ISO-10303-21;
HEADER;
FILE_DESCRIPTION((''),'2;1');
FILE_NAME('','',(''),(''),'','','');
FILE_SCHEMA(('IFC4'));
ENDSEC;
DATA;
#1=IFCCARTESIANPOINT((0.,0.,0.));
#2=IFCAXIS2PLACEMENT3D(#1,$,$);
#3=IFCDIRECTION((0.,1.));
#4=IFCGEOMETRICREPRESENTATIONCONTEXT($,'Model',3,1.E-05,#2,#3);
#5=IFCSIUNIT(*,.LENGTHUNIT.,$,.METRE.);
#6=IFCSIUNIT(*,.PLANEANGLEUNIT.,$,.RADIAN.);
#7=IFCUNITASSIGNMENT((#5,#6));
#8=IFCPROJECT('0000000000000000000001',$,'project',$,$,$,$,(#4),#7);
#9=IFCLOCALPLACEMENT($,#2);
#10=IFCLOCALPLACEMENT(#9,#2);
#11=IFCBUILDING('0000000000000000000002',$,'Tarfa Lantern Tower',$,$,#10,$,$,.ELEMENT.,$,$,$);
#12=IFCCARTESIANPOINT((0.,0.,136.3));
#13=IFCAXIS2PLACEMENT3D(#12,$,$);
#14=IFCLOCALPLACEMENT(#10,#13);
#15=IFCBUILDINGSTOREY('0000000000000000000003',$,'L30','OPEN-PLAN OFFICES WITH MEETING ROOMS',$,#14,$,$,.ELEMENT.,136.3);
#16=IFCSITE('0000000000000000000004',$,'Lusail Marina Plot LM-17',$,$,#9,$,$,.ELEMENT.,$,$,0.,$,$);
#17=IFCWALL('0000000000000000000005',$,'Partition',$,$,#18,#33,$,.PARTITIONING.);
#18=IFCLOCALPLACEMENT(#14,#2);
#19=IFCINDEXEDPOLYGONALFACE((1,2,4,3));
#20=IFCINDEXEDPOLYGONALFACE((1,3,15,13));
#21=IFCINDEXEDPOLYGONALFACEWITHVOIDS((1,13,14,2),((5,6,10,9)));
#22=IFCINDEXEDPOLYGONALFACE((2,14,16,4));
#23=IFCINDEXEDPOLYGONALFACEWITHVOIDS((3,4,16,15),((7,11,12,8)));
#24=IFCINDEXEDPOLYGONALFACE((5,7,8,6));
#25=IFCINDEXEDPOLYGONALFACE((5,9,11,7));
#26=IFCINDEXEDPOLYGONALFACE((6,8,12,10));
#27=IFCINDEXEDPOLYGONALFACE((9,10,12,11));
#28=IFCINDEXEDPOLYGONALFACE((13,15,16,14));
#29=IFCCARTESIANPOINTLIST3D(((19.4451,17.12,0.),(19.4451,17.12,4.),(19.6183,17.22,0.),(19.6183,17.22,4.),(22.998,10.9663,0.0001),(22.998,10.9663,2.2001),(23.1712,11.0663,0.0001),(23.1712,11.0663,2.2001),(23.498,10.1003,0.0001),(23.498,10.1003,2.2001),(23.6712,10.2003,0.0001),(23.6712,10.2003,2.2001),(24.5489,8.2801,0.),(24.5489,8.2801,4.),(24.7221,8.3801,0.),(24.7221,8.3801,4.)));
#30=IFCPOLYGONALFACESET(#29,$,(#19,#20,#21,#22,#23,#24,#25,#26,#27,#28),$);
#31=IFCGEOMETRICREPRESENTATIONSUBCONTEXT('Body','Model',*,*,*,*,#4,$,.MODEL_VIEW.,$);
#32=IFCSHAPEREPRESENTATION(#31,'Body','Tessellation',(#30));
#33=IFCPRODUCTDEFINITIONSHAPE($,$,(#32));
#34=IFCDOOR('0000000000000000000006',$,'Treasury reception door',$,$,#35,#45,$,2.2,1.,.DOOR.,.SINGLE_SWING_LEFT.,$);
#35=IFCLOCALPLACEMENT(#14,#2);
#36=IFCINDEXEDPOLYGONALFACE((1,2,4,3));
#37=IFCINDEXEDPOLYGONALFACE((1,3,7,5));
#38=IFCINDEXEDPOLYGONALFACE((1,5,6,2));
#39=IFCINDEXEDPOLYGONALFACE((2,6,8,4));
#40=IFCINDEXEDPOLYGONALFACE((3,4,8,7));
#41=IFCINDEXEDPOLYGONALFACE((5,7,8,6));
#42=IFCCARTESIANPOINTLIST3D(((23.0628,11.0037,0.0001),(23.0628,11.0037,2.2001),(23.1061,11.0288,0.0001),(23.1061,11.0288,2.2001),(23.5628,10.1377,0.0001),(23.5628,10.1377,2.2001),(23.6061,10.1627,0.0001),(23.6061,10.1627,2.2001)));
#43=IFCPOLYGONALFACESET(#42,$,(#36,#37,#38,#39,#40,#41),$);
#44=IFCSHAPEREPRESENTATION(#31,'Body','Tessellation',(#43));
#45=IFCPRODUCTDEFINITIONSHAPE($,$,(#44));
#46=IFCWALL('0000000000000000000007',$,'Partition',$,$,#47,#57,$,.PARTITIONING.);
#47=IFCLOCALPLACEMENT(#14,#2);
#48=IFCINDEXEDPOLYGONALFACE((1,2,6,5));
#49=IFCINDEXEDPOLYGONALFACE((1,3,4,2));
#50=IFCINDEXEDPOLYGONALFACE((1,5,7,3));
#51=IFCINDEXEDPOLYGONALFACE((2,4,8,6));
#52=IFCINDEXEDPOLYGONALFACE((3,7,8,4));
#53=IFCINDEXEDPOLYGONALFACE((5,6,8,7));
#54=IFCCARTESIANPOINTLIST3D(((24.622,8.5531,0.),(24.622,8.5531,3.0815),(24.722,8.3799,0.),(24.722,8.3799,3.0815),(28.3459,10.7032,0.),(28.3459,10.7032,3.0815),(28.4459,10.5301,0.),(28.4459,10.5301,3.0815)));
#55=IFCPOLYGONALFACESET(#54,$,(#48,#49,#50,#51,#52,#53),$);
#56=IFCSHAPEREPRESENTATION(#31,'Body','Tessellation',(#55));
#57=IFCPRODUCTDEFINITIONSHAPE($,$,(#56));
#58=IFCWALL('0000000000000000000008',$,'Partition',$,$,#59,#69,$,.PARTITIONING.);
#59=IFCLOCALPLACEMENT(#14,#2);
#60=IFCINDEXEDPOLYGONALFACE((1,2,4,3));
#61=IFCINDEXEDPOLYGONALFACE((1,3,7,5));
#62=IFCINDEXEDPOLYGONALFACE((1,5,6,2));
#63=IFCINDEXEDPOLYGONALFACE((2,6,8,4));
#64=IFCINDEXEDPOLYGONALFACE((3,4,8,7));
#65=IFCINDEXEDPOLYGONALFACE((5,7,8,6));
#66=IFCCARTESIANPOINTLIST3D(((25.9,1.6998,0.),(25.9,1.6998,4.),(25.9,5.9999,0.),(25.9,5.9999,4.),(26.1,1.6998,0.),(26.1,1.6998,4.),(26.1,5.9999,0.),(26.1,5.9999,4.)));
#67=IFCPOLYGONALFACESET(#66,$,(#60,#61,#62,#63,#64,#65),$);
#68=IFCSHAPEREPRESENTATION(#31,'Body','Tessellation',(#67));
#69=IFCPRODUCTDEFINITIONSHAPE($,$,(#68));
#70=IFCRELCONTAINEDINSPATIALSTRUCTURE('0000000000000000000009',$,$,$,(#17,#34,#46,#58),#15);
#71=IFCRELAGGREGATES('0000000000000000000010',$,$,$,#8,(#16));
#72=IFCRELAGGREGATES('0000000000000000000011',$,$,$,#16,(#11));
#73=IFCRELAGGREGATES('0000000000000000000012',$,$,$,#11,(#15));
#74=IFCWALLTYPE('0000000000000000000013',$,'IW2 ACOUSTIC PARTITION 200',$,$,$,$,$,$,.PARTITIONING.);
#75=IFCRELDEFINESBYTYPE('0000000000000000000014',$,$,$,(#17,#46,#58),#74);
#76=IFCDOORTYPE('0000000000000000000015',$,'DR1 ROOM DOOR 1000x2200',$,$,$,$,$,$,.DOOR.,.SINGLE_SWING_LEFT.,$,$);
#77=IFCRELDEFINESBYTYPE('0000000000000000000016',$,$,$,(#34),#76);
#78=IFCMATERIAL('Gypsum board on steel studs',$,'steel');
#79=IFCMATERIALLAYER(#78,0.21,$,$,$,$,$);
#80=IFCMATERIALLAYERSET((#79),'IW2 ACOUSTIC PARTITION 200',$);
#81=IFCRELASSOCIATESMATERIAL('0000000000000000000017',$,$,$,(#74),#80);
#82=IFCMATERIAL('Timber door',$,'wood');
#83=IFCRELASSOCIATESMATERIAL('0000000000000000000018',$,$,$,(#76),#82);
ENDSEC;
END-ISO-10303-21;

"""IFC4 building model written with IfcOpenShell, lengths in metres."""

from ifc_helpers import new_model, si_unit, direction, frame, frame_2d, origin, place, context, subcontext, project, spatial, rectangle, extrude, material, layer, layer_set, type_object, element, fill, save


model = new_model("IFC4")

# Units and contexts
model_context = context("Model", 3, precision=1e-05, world=origin(), true_north=direction((0.0, 1.0)))
body_context = subcontext(model_context, "Body", "Model", "MODEL_VIEW")
ifc_project = project(units=[si_unit("LENGTHUNIT", "METRE"), si_unit("PLANEANGLEUNIT", "RADIAN")], contexts=[model_context])

# Site, building, storey
site_placement = place(None, origin())
site = spatial("IfcSite", under=ifc_project, at=site_placement, Name="Lusail Marina Plot LM-17", CompositionType="ELEMENT", RefElevation=0.0)
building_placement = place(site_placement, origin())
building = spatial("IfcBuilding", under=site, at=building_placement, Name="Tarfa Lantern Tower", CompositionType="ELEMENT")
storey_placement = place(building_placement, frame((0.0, 0.0, 136.3)))
storey = spatial("IfcBuildingStorey", under=building, at=storey_placement, Name="L30", Description="OPEN-PLAN OFFICES WITH MEETING ROOMS", CompositionType="ELEMENT", Elevation=136.3)

# Wall, opening, door
ifc_material_1 = material(Name="Gypsum board on steel studs", Category="steel")
ifc_layer_1 = layer(ifc_material_1, 0.21)
ifc_layer_set_1 = layer_set([ifc_layer_1], Name="IW2 ACOUSTIC PARTITION 200")
wall_type = type_object("IfcWallType", Name="IW2 ACOUSTIC PARTITION 200", PredefinedType="PARTITIONING", material=ifc_layer_set_1)
wall_1_placement = place(storey_placement, frame((24.6355, 8.3301, 0.0), z_axis=(0.0, 0.0, 1.0), x_axis=(-0.500005, 0.866022, 0.0)))
wall_1 = element("IfcWall", 1, at=wall_1_placement, inside=storey, type_object=wall_type, Name="Partition", PredefinedType="PARTITIONING", context=body_context, shape_type="SweptSolid", body=[
    extrude(rectangle(XDim=10.2075, YDim=0.2, at=frame_2d((5.1038, 0.0))), origin(), (0.0, 0.0, 1.0), 4.0),
])
opening_placement = place(wall_1_placement, frame((2.1018, 0.0, 0.0)))
opening = element("IfcOpeningElement", 2, at=opening_placement, cuts=wall_1, PredefinedType="OPENING", context=body_context, shape_type="SweptSolid", body=[
    extrude(rectangle(XDim=1.0, YDim=2.2, at=frame_2d((0.5, 1.1001))), frame((0.0, 0.1099, 0.0), z_axis=(0.0, -1.0, 0.0), x_axis=(1.0, 0.0, 0.0)), (0.0, 0.0, 1.0), 0.22),
])
ifc_material_2 = material(Name="Timber door", Category="wood")
door_type = type_object("IfcDoorType", Name="DR1 ROOM DOOR 1000x2200", OperationType="SINGLE_SWING_LEFT", PredefinedType="DOOR", material=ifc_material_2)
door_placement = place(opening_placement, frame((1.0, 0.0, 0.0), z_axis=(0.0, 0.0, 1.0), x_axis=(-1.0, 0.0, 0.0)))
door = element("IfcDoor", 3, at=door_placement, inside=storey, type_object=door_type, Name="Treasury reception door", OperationType="SINGLE_SWING_LEFT", OverallHeight=2.2, OverallWidth=1.0, PredefinedType="DOOR", context=body_context, shape_type="SweptSolid", body=[
    extrude(rectangle(XDim=1.0, YDim=2.2, at=frame_2d((0.5, 1.1001))), frame((0.0, 0.0249, 0.0), z_axis=(0.0, -1.0, 0.0), x_axis=(1.0, 0.0, 0.0)), (0.0, 0.0, 1.0), 0.05),
])
fill(opening, door)

# Walls
wall_2_placement = place(storey_placement, frame((24.6721, 8.4666, 0.0), z_axis=(0.0, 0.0, 1.0), x_axis=(0.866009, 0.500029, 0.0)))
element("IfcWall", 4, at=wall_2_placement, inside=storey, type_object=wall_type, Name="Partition", PredefinedType="PARTITIONING", context=body_context, shape_type="SweptSolid", body=[
    extrude(rectangle(XDim=4.3, YDim=0.2, at=frame_2d((2.1499, 0.0))), origin(), (0.0, 0.0, 1.0), 3.0815),
])
wall_3_placement = place(storey_placement, frame((26.0, 1.7, 0.0), z_axis=(0.0, 0.0, 1.0), x_axis=(0.0, 1.0, 0.0)))
element("IfcWall", 5, at=wall_3_placement, inside=storey, type_object=wall_type, Name="Partition", PredefinedType="PARTITIONING", context=body_context, shape_type="SweptSolid", body=[
    extrude(rectangle(XDim=4.3, YDim=0.2, at=frame_2d((2.1499, 0.0))), origin(), (0.0, 0.0, 1.0), 4.0),
])

save(model, "model.ifc")
